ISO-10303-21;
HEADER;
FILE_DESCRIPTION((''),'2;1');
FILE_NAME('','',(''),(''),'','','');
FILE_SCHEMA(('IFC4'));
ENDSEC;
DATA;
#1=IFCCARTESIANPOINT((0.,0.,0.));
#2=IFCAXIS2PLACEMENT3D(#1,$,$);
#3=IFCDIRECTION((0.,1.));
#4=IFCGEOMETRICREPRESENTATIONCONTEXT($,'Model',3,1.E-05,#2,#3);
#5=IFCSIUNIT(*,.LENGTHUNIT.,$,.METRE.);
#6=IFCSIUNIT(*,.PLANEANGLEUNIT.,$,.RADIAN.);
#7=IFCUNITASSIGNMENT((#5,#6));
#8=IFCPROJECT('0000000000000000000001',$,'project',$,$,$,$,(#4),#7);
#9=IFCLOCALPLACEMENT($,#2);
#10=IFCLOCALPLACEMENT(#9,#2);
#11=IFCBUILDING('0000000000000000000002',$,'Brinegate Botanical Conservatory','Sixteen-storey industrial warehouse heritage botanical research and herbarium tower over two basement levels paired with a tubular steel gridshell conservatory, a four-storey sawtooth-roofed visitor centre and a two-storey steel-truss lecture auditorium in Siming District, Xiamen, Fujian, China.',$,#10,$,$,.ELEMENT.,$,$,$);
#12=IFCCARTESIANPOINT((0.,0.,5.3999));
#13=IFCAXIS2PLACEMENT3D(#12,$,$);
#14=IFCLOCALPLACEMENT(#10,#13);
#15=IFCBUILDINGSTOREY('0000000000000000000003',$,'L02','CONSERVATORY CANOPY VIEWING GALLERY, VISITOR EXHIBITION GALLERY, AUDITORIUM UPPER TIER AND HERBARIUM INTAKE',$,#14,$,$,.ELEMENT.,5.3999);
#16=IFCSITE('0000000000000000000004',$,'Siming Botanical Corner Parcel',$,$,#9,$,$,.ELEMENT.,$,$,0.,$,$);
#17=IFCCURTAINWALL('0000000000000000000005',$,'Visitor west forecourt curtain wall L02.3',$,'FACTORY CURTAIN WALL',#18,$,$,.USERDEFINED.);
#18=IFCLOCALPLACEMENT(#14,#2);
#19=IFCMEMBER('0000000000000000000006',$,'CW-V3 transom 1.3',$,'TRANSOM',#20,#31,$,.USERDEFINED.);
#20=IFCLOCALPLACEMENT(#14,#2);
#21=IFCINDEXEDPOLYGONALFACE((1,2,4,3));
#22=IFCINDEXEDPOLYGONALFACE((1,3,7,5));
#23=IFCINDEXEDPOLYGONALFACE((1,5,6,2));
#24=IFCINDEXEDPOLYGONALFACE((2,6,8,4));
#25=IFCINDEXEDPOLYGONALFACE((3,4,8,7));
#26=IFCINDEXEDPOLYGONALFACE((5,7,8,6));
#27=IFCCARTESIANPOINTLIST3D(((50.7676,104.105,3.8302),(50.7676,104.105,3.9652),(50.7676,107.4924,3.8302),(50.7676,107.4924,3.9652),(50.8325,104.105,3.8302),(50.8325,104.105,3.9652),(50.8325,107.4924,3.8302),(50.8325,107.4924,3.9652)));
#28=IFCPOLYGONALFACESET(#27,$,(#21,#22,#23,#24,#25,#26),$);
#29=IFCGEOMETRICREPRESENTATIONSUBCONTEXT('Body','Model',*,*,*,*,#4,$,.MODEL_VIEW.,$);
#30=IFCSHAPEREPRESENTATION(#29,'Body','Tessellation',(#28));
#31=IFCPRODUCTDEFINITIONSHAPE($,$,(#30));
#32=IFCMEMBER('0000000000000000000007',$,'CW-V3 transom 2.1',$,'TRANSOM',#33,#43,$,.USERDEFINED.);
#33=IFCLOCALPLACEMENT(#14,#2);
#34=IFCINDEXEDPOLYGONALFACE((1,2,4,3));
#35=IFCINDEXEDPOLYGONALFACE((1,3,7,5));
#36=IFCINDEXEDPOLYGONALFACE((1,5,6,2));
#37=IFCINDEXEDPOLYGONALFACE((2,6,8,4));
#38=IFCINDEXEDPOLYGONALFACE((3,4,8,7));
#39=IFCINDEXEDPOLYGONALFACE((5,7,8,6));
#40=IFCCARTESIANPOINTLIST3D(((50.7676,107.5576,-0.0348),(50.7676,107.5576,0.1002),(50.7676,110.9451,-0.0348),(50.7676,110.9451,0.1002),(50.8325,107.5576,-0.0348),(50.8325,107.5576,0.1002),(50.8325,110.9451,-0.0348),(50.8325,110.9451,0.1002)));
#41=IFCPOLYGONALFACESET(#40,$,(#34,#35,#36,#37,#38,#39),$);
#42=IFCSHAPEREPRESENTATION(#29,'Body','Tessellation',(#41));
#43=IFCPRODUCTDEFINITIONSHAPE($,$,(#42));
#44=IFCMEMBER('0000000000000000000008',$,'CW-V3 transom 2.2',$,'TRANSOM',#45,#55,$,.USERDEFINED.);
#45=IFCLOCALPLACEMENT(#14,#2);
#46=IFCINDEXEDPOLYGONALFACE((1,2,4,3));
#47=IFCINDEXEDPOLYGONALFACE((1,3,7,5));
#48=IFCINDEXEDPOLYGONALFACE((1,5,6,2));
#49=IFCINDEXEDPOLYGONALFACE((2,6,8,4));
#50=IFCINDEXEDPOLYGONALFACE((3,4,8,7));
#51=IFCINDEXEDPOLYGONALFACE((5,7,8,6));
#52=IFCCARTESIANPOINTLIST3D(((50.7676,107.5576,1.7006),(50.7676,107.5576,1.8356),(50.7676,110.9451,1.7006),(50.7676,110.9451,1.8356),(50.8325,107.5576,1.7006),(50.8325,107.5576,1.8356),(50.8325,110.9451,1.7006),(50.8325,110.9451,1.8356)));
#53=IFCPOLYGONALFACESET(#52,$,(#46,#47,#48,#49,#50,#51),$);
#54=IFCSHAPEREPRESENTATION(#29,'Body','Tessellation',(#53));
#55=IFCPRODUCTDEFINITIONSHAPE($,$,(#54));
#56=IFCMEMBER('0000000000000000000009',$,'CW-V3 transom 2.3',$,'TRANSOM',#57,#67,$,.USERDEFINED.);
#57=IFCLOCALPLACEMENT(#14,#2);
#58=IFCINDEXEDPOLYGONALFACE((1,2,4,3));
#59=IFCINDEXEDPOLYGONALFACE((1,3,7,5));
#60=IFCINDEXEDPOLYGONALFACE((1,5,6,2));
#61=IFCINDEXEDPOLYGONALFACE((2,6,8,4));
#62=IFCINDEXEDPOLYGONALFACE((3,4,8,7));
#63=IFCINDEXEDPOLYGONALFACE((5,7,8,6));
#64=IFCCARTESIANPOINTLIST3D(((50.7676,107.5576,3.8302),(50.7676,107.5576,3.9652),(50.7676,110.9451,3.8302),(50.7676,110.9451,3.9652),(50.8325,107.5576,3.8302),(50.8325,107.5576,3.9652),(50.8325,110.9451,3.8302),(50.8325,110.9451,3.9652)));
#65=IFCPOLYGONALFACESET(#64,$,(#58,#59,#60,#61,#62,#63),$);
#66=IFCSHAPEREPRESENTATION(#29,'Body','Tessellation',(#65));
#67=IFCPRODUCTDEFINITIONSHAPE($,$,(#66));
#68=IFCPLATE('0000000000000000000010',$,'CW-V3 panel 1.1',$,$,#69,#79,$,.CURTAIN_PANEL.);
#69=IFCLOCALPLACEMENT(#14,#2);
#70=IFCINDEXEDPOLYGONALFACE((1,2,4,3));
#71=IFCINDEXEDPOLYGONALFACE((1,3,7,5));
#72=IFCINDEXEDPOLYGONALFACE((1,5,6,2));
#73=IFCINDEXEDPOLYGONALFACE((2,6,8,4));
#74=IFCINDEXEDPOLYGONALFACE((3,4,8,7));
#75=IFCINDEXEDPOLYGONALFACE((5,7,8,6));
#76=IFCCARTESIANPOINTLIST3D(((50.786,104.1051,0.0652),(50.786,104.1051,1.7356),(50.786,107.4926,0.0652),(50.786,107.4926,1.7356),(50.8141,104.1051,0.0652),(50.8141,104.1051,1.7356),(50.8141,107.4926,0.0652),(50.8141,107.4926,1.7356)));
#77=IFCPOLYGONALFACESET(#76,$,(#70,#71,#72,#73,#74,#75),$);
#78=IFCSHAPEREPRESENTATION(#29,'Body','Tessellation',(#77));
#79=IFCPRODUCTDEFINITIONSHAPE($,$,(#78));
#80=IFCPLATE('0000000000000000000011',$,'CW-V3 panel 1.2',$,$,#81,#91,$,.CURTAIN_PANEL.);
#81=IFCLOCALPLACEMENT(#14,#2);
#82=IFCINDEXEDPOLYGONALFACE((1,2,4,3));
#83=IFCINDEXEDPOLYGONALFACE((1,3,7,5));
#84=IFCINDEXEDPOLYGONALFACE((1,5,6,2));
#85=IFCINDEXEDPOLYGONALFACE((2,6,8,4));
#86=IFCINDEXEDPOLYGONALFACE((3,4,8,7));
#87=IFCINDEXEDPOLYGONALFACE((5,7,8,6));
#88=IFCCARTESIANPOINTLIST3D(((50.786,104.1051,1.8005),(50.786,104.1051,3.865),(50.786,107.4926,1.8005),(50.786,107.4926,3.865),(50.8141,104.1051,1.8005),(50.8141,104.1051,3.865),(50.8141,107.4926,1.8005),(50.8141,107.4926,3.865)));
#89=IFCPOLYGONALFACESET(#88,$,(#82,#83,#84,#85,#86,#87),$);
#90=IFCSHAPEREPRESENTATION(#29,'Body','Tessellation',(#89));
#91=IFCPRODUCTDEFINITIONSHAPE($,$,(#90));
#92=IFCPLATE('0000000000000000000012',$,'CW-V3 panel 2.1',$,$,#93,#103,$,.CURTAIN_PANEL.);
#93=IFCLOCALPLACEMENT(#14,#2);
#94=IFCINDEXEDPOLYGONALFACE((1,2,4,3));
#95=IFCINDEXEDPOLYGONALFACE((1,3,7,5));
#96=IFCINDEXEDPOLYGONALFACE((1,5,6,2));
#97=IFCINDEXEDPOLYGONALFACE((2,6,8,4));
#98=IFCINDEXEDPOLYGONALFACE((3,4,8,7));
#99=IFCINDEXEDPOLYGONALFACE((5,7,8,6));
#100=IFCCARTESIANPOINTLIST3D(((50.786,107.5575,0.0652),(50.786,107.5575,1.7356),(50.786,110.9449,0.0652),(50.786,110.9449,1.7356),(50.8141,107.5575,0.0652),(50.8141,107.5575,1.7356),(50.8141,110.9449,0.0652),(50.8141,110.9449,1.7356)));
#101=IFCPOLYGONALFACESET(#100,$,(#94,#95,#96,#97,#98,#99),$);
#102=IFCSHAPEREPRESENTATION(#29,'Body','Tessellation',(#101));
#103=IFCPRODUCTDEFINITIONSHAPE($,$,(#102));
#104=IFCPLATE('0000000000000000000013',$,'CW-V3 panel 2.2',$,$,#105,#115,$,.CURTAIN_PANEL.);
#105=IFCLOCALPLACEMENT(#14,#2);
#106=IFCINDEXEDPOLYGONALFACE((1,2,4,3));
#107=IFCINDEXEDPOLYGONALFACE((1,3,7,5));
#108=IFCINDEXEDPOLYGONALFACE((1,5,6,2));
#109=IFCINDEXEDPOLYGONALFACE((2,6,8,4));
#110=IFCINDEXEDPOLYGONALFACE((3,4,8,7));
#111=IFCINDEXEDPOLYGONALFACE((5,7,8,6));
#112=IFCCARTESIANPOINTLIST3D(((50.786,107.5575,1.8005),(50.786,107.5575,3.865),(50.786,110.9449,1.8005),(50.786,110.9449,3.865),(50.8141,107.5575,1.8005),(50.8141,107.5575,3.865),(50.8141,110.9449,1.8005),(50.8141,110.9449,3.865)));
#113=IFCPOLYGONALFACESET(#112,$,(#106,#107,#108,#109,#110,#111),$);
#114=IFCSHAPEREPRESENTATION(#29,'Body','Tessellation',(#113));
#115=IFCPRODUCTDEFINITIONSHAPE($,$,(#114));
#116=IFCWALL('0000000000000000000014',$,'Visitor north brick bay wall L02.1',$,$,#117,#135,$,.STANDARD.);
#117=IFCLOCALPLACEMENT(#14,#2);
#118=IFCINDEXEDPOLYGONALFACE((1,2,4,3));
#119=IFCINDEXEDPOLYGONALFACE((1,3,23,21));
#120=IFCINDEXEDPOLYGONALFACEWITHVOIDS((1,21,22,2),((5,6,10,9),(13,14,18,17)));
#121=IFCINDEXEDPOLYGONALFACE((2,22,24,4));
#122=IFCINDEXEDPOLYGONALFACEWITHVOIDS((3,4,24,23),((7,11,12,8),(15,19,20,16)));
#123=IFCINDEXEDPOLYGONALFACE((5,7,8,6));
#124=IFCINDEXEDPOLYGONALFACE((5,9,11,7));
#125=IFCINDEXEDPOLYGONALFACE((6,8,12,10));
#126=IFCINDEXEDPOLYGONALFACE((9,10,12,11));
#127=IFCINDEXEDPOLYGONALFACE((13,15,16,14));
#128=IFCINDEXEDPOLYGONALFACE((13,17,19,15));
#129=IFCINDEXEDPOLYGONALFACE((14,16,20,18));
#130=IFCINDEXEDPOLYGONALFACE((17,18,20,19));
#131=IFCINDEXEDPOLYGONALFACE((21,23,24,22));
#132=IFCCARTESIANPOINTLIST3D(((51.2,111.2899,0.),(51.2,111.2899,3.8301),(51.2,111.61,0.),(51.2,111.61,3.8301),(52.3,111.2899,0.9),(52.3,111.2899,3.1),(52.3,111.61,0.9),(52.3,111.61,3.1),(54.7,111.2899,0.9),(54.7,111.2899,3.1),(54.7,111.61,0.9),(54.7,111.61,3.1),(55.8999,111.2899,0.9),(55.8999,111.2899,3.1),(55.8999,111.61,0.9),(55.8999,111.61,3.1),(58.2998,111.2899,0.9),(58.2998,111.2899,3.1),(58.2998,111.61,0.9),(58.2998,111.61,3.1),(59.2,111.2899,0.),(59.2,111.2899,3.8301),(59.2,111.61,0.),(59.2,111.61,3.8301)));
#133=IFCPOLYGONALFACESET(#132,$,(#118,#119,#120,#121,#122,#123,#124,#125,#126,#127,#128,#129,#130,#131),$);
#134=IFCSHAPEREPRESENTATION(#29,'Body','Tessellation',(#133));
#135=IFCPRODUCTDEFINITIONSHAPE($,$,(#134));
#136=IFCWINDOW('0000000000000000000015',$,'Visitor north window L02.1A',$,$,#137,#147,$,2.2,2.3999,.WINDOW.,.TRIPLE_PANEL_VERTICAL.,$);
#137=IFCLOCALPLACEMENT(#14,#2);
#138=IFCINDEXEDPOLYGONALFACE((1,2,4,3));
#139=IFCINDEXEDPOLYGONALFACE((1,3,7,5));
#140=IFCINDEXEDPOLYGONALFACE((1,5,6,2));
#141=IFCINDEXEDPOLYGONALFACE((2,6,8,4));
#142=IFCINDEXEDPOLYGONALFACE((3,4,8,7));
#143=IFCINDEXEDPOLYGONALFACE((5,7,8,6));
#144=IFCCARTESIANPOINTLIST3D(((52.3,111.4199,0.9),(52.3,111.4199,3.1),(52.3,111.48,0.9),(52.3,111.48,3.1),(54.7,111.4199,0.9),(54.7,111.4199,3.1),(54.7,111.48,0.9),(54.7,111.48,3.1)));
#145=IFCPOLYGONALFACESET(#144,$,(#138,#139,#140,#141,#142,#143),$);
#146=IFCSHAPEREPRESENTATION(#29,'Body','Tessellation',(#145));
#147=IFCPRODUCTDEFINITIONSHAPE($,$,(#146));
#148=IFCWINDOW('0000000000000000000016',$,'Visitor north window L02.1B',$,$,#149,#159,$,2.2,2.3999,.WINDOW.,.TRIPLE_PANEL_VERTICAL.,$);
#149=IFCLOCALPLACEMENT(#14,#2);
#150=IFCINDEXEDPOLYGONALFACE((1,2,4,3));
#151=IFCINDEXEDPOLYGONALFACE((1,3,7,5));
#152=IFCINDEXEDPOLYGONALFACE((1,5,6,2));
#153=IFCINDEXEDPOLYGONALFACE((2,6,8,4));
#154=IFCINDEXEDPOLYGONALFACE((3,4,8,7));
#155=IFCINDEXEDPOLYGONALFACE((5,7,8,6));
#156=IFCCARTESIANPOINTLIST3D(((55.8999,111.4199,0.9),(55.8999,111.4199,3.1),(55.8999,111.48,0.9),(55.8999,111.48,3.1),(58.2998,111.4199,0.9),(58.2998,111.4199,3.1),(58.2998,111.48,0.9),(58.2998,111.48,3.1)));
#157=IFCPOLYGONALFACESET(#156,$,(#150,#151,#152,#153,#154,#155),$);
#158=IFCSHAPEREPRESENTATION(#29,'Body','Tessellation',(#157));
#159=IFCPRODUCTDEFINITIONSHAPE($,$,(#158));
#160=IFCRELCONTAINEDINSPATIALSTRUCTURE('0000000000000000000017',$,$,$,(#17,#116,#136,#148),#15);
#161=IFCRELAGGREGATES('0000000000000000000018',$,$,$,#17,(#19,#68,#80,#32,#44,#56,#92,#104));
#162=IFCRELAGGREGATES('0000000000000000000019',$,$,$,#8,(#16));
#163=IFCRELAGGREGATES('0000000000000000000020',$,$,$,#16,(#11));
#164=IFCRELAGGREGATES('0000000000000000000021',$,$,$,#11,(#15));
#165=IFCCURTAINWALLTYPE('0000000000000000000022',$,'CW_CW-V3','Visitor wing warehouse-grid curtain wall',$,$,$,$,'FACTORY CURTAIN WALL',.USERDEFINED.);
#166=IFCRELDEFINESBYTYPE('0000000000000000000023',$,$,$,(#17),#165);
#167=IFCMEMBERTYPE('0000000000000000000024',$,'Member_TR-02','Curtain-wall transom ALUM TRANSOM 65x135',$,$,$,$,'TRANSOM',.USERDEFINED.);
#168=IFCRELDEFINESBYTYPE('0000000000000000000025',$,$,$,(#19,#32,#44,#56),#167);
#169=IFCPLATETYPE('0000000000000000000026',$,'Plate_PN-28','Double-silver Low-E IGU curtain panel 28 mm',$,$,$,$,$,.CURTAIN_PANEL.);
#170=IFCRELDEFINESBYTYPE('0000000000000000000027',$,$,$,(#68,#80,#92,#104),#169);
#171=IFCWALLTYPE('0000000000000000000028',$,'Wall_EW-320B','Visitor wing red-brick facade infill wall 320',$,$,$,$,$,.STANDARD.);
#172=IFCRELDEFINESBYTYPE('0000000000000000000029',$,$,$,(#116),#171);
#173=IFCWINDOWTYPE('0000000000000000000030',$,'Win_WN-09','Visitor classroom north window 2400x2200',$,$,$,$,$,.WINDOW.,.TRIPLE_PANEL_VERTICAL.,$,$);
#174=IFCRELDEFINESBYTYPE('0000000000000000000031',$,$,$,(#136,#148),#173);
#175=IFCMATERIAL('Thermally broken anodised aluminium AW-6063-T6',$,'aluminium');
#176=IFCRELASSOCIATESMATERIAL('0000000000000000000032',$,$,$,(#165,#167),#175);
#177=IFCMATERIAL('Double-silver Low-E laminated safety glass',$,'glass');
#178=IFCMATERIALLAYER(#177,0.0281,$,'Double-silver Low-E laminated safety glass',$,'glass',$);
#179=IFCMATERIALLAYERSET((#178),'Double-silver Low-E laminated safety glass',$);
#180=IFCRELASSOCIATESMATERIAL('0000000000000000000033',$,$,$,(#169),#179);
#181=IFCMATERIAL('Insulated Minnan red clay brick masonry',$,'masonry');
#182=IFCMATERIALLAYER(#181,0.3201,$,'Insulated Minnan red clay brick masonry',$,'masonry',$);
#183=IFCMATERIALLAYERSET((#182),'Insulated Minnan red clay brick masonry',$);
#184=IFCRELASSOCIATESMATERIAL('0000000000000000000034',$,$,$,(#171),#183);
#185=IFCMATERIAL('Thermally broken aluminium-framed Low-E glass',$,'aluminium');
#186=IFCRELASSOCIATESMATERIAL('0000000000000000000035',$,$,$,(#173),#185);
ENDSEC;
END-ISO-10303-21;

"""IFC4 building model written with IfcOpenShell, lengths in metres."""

from ifc_helpers import new_model, si_unit, direction, frame, frame_2d, origin, origin_2d, place, context, subcontext, project, spatial, rectangle, extrude, material, layer, layer_set, material_profile, profile_set, type_object, element, fill, aggregate, save


model = new_model("IFC4")

# Units and contexts
model_context = context("Model", 3, precision=1e-05, world=origin(), true_north=direction((0.0, 1.0)))
body_context = subcontext(model_context, "Body", "Model", "MODEL_VIEW")
ifc_project = project(units=[si_unit("LENGTHUNIT", "METRE"), si_unit("PLANEANGLEUNIT", "RADIAN")], contexts=[model_context])

# Site, building, storey
site_placement = place(None, origin())
site = spatial("IfcSite", under=ifc_project, at=site_placement, Name="Siming Botanical Corner Parcel", CompositionType="ELEMENT", RefElevation=0.0)
building_placement = place(site_placement, origin())
building = spatial("IfcBuilding", under=site, at=building_placement, Name="Brinegate Botanical Conservatory", Description="Sixteen-storey industrial warehouse heritage botanical research and herbarium tower over two basement levels paired with a tubular steel gridshell conservatory, a four-storey sawtooth-roofed visitor centre and a two-storey steel-truss lecture auditorium in Siming District, Xiamen, Fujian, China.", CompositionType="ELEMENT")
storey_placement = place(building_placement, frame((0.0, 0.0, 5.3999)))
storey = spatial("IfcBuildingStorey", under=building, at=storey_placement, Name="L02", Description="CONSERVATORY CANOPY VIEWING GALLERY, VISITOR EXHIBITION GALLERY, AUDITORIUM UPPER TIER AND HERBARIUM INTAKE", CompositionType="ELEMENT", Elevation=5.3999)

# Shared definitions
ifc_material_1 = material(Name="Thermally broken anodised aluminium AW-6063-T6", Category="aluminium")
curtain_wall_type = type_object("IfcCurtainWallType", Name="CW_CW-V3", Description="Visitor wing warehouse-grid curtain wall", ElementType="FACTORY CURTAIN WALL", PredefinedType="USERDEFINED", material=ifc_material_1)

# Curtain wall
curtain_wall_1_placement = place(storey_placement, origin())
curtain_wall_1 = element("IfcCurtainWall", 1, at=curtain_wall_1_placement, inside=storey, type_object=curtain_wall_type, Name="Visitor west forecourt curtain wall L02.3", ObjectType="FACTORY CURTAIN WALL", PredefinedType="USERDEFINED")

# Members
ifc_material_profile_1 = material_profile(ifc_material_1, rectangle(XDim=0.0649, YDim=0.135, at=origin_2d()), Name="ALUM TRANSOM 65x135")
ifc_profile_set_1 = profile_set([ifc_material_profile_1], Name="Thermally broken anodised aluminium AW-6063-T6")
member_type_1 = type_object("IfcMemberType", Name="Member_TR-02", Description="Curtain-wall transom ALUM TRANSOM 65x135", ElementType="TRANSOM", PredefinedType="USERDEFINED", material=ifc_profile_set_1)
member_1_placement = place(storey_placement, frame((50.8, 104.105, 3.8977), z_axis=(0.0, 1.0, 0.0), x_axis=(-1.0, 0.0, 0.0)))
member_1 = element("IfcMember", 2, at=member_1_placement, type_object=member_type_1, Name="CW-V3 transom 1.3", ObjectType="TRANSOM", PredefinedType="USERDEFINED", context=body_context, shape_type="SweptSolid", body=[
    extrude(rectangle(XDim=0.0649, YDim=0.135, at=origin_2d()), origin(), (0.0, 0.0, 1.0), 3.3875),
])
member_2_placement = place(storey_placement, frame((50.8, 107.5576, 0.0327), z_axis=(0.0, 1.0, 0.0), x_axis=(-1.0, 0.0, 0.0)))
member_2 = element("IfcMember", 3, at=member_2_placement, type_object=member_type_1, Name="CW-V3 transom 2.1", ObjectType="TRANSOM", PredefinedType="USERDEFINED", context=body_context, shape_type="SweptSolid", body=[
    extrude(rectangle(XDim=0.0649, YDim=0.135, at=origin_2d()), origin(), (0.0, 0.0, 1.0), 3.3875),
])
member_3_placement = place(storey_placement, frame((50.8, 107.5576, 1.7681), z_axis=(0.0, 1.0, 0.0), x_axis=(-1.0, 0.0, 0.0)))
member_3 = element("IfcMember", 4, at=member_3_placement, type_object=member_type_1, Name="CW-V3 transom 2.2", ObjectType="TRANSOM", PredefinedType="USERDEFINED", context=body_context, shape_type="SweptSolid", body=[
    extrude(rectangle(XDim=0.0649, YDim=0.135, at=origin_2d()), origin(), (0.0, 0.0, 1.0), 3.3875),
])
member_4_placement = place(storey_placement, frame((50.8, 107.5576, 3.8977), z_axis=(0.0, 1.0, 0.0), x_axis=(-1.0, 0.0, 0.0)))
member_4 = element("IfcMember", 5, at=member_4_placement, type_object=member_type_1, Name="CW-V3 transom 2.3", ObjectType="TRANSOM", PredefinedType="USERDEFINED", context=body_context, shape_type="SweptSolid", body=[
    extrude(rectangle(XDim=0.0649, YDim=0.135, at=origin_2d()), origin(), (0.0, 0.0, 1.0), 3.3875),
])

# Plates
ifc_material_2 = material(Name="Double-silver Low-E laminated safety glass", Category="glass")
ifc_layer_1 = layer(ifc_material_2, 0.0281, Name="Double-silver Low-E laminated safety glass", Category="glass")
ifc_layer_set_1 = layer_set([ifc_layer_1], Name="Double-silver Low-E laminated safety glass")
plate_type = type_object("IfcPlateType", Name="Plate_PN-28", Description="Double-silver Low-E IGU curtain panel 28 mm", PredefinedType="CURTAIN_PANEL", material=ifc_layer_set_1)
plate_1_placement = place(storey_placement, frame((50.8, 105.7988, 0.0652), z_axis=(0.0, 0.0, 1.0), x_axis=(0.0, 1.0, 0.0)))
plate_1 = element("IfcPlate", 6, at=plate_1_placement, type_object=plate_type, Name="CW-V3 panel 1.1", PredefinedType="CURTAIN_PANEL", context=body_context, shape_type="SweptSolid", body=[
    extrude(rectangle(XDim=3.3875, YDim=0.0281, at=origin_2d()), origin(), (0.0, 0.0, 1.0), 1.6704),
])
plate_2_placement = place(storey_placement, frame((50.8, 105.7988, 1.8005), z_axis=(0.0, 0.0, 1.0), x_axis=(0.0, 1.0, 0.0)))
plate_2 = element("IfcPlate", 7, at=plate_2_placement, type_object=plate_type, Name="CW-V3 panel 1.2", PredefinedType="CURTAIN_PANEL", context=body_context, shape_type="SweptSolid", body=[
    extrude(rectangle(XDim=3.3875, YDim=0.0281, at=origin_2d()), origin(), (0.0, 0.0, 1.0), 2.0645),
])
plate_3_placement = place(storey_placement, frame((50.8, 109.2512, 0.0652), z_axis=(0.0, 0.0, 1.0), x_axis=(0.0, 1.0, 0.0)))
plate_3 = element("IfcPlate", 8, at=plate_3_placement, type_object=plate_type, Name="CW-V3 panel 2.1", PredefinedType="CURTAIN_PANEL", context=body_context, shape_type="SweptSolid", body=[
    extrude(rectangle(XDim=3.3875, YDim=0.0281, at=origin_2d()), origin(), (0.0, 0.0, 1.0), 1.6704),
])
plate_4_placement = place(storey_placement, frame((50.8, 109.2512, 1.8005), z_axis=(0.0, 0.0, 1.0), x_axis=(0.0, 1.0, 0.0)))
plate_4 = element("IfcPlate", 9, at=plate_4_placement, type_object=plate_type, Name="CW-V3 panel 2.2", PredefinedType="CURTAIN_PANEL", context=body_context, shape_type="SweptSolid", body=[
    extrude(rectangle(XDim=3.3875, YDim=0.0281, at=origin_2d()), origin(), (0.0, 0.0, 1.0), 2.0645),
])
aggregate(curtain_wall_1, [member_1, plate_1, plate_2, member_2, member_3, member_4, plate_3, plate_4])

# Wall, openings, windows
ifc_material_3 = material(Name="Insulated Minnan red clay brick masonry", Category="masonry")
ifc_layer_2 = layer(ifc_material_3, 0.3201, Name="Insulated Minnan red clay brick masonry", Category="masonry")
ifc_layer_set_2 = layer_set([ifc_layer_2], Name="Insulated Minnan red clay brick masonry")
wall_type_1 = type_object("IfcWallType", Name="Wall_EW-320B", Description="Visitor wing red-brick facade infill wall 320", PredefinedType="STANDARD", material=ifc_layer_set_2)
wall_1_placement = place(storey_placement, frame((51.2, 111.45, 0.0), z_axis=(0.0, 0.0, 1.0), x_axis=(1.0, 0.0, 0.0)))
wall_1 = element("IfcWall", 10, at=wall_1_placement, inside=storey, type_object=wall_type_1, Name="Visitor north brick bay wall L02.1", PredefinedType="STANDARD", context=body_context, shape_type="SweptSolid", body=[
    extrude(rectangle(XDim=8.0, YDim=0.3201, at=frame_2d((4.0, 0.0))), origin(), (0.0, 0.0, 1.0), 3.8301),
])
opening_1_placement = place(wall_1_placement, frame((1.1001, 0.0, 0.8999)))
opening_1 = element("IfcOpeningElement", 11, at=opening_1_placement, cuts=wall_1, PredefinedType="OPENING", context=body_context, shape_type="SweptSolid", body=[
    extrude(rectangle(XDim=2.3999, YDim=2.2, at=frame_2d((1.2, 1.1001))), frame((0.0, 0.1699, 0.0), z_axis=(0.0, -1.0, 0.0), x_axis=(1.0, 0.0, 0.0)), (0.0, 0.0, 1.0), 0.3401),
])
opening_2_placement = place(wall_1_placement, frame((4.7, 0.0, 0.8999)))
opening_2 = element("IfcOpeningElement", 12, at=opening_2_placement, cuts=wall_1, PredefinedType="OPENING", context=body_context, shape_type="SweptSolid", body=[
    extrude(rectangle(XDim=2.3999, YDim=2.2, at=frame_2d((1.2, 1.1001))), frame((0.0, 0.1699, 0.0), z_axis=(0.0, -1.0, 0.0), x_axis=(1.0, 0.0, 0.0)), (0.0, 0.0, 1.0), 0.3401),
])
ifc_material_4 = material(Name="Thermally broken aluminium-framed Low-E glass", Category="aluminium")
window_type = type_object("IfcWindowType", Name="Win_WN-09", Description="Visitor classroom north window 2400x2200", PartitioningType="TRIPLE_PANEL_VERTICAL", PredefinedType="WINDOW", material=ifc_material_4)
window_1_placement = place(opening_1_placement, origin())
window_1 = element("IfcWindow", 13, at=window_1_placement, inside=storey, type_object=window_type, Name="Visitor north window L02.1A", OverallHeight=2.2, OverallWidth=2.3999, PartitioningType="TRIPLE_PANEL_VERTICAL", PredefinedType="WINDOW", context=body_context, shape_type="SweptSolid", body=[
    extrude(rectangle(XDim=2.3999, YDim=2.2, at=frame_2d((1.2, 1.1001))), frame((0.0, 0.03, 0.0), z_axis=(0.0, -1.0, 0.0), x_axis=(1.0, 0.0, 0.0)), (0.0, 0.0, 1.0), 0.0601),
])
fill(opening_1, window_1)
window_2_placement = place(opening_2_placement, origin())
window_2 = element("IfcWindow", 14, at=window_2_placement, inside=storey, type_object=window_type, Name="Visitor north window L02.1B", OverallHeight=2.2, OverallWidth=2.3999, PartitioningType="TRIPLE_PANEL_VERTICAL", PredefinedType="WINDOW", context=body_context, shape_type="SweptSolid", body=[
    extrude(rectangle(XDim=2.3999, YDim=2.2, at=frame_2d((1.2, 1.1001))), frame((0.0, 0.03, 0.0), z_axis=(0.0, -1.0, 0.0), x_axis=(1.0, 0.0, 0.0)), (0.0, 0.0, 1.0), 0.0601),
])
fill(opening_2, window_2)

save(model, "model.ifc")
